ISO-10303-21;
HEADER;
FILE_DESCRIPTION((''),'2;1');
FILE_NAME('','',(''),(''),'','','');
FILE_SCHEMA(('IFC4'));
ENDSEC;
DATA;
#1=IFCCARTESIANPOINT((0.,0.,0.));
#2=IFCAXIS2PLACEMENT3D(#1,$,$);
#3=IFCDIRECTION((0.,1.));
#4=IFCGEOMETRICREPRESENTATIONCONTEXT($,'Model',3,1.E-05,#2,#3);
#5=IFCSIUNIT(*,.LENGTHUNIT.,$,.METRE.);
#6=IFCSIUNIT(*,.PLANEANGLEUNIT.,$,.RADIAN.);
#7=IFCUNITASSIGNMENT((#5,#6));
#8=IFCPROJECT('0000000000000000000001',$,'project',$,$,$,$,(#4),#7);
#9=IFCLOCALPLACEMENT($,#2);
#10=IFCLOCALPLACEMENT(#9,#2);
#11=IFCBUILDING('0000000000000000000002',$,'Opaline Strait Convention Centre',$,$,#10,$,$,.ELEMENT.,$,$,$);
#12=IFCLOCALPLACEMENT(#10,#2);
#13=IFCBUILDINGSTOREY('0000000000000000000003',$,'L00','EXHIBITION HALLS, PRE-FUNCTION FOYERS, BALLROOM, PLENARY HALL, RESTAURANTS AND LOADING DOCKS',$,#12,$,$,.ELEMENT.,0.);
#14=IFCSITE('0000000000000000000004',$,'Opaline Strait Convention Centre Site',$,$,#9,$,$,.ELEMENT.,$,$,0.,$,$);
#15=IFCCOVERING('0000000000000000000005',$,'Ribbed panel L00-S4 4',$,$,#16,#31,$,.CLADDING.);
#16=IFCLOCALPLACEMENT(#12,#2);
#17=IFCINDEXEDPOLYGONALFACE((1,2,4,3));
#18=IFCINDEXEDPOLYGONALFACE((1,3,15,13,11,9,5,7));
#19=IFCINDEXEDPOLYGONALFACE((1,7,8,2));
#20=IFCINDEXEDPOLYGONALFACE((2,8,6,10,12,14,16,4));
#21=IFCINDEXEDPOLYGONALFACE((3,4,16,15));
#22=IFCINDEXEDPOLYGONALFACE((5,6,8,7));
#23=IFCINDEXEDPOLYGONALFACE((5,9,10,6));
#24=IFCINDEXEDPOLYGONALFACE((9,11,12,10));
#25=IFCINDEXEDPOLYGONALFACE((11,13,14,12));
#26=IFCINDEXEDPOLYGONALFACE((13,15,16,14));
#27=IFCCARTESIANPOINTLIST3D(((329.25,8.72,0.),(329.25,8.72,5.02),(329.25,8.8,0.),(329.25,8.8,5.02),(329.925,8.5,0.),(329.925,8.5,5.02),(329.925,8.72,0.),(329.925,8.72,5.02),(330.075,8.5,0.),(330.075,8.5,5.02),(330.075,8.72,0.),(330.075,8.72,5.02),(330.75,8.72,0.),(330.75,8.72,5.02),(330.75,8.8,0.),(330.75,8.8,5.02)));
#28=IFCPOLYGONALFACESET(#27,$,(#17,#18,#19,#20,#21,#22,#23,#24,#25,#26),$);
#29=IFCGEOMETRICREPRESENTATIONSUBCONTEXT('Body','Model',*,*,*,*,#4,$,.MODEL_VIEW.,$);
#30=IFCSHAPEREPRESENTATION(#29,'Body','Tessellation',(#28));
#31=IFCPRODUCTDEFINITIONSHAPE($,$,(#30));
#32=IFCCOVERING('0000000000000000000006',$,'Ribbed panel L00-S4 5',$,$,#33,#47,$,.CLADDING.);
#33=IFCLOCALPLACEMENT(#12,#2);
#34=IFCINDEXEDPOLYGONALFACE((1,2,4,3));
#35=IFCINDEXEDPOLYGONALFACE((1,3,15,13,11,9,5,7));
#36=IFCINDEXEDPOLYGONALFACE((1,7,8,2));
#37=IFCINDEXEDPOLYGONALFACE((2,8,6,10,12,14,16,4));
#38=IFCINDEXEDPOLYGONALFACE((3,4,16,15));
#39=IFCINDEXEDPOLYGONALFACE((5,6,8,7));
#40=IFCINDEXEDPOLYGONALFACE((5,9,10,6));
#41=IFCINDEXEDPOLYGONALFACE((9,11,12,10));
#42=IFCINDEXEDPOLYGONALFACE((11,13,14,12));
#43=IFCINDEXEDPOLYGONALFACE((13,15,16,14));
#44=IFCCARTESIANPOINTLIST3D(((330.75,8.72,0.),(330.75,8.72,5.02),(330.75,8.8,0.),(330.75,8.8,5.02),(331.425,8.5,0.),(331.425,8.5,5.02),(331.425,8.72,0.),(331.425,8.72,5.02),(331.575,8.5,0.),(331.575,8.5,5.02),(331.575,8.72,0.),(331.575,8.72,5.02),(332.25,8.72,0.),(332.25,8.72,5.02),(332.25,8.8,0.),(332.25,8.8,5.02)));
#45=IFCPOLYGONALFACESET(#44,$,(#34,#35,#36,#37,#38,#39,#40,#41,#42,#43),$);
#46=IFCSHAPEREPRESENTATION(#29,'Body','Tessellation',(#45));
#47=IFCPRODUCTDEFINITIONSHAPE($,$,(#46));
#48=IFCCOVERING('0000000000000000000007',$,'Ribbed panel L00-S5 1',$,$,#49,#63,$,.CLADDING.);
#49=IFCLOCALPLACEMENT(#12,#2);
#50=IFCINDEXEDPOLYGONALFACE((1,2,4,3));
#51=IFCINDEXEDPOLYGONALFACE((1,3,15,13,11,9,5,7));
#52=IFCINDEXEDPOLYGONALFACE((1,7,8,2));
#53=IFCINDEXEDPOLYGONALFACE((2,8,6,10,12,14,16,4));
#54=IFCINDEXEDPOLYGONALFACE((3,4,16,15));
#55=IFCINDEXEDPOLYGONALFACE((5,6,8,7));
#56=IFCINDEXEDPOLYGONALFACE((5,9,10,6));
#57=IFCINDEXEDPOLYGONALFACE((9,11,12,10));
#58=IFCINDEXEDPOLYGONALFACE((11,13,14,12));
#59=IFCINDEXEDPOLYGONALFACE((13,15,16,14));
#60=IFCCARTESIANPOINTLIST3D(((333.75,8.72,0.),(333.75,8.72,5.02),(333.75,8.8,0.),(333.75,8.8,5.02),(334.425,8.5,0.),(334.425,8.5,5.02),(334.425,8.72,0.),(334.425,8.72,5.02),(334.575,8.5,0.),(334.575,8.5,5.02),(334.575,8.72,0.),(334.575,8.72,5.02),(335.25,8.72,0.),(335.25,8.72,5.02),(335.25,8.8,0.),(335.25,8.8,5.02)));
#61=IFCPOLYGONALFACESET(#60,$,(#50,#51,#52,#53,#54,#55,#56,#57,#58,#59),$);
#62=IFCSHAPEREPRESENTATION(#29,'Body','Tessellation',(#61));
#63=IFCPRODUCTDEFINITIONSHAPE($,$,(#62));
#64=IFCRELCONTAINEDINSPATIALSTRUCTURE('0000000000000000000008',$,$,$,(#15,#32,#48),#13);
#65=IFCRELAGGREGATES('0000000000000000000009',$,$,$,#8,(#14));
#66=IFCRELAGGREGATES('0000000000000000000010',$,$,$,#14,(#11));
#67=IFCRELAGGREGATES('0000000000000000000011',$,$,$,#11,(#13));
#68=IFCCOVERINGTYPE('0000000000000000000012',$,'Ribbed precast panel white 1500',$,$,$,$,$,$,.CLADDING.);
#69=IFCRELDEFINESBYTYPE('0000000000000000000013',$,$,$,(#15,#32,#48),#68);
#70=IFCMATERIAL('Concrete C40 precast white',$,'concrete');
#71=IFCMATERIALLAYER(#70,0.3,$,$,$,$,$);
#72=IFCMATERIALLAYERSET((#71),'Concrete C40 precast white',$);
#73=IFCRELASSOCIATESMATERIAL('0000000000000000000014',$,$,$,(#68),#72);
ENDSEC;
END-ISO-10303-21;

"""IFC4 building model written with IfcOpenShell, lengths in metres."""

from ifc_helpers import new_model, si_unit, direction, origin, place, context, subcontext, project, spatial, polyline, outline, extrude, material, layer, layer_set, type_object, element, save


model = new_model("IFC4")

# Units and contexts
model_context = context("Model", 3, precision=1e-05, world=origin(), true_north=direction((0.0, 1.0)))
body_context = subcontext(model_context, "Body", "Model", "MODEL_VIEW")
ifc_project = project(units=[si_unit("LENGTHUNIT", "METRE"), si_unit("PLANEANGLEUNIT", "RADIAN")], contexts=[model_context])

# Site, building, storey
site_placement = place(None, origin())
site = spatial("IfcSite", under=ifc_project, at=site_placement, Name="Opaline Strait Convention Centre Site", CompositionType="ELEMENT", RefElevation=0.0)
building_placement = place(site_placement, origin())
building = spatial("IfcBuilding", under=site, at=building_placement, Name="Opaline Strait Convention Centre", CompositionType="ELEMENT")
storey_placement = place(building_placement, origin())
storey = spatial("IfcBuildingStorey", under=building, at=storey_placement, Name="L00", Description="EXHIBITION HALLS, PRE-FUNCTION FOYERS, BALLROOM, PLENARY HALL, RESTAURANTS AND LOADING DOCKS", CompositionType="ELEMENT", Elevation=0.0)

# Coverings
ifc_material = material(Name="Concrete C40 precast white", Category="concrete")
ifc_layer = layer(ifc_material, 0.3)
ifc_layer_set = layer_set([ifc_layer], Name="Concrete C40 precast white")
covering_type = type_object("IfcCoveringType", Name="Ribbed precast panel white 1500", PredefinedType="CLADDING", material=ifc_layer_set)
covering_1_placement = place(storey_placement, origin())
element("IfcCovering", 1, at=covering_1_placement, inside=storey, type_object=covering_type, Name="Ribbed panel L00-S4 4", PredefinedType="CLADDING", context=body_context, shape_type="SweptSolid", body=[
    extrude(outline(polyline([(329.25, 8.8), (330.75, 8.8), (330.75, 8.72), (330.075, 8.72), (330.075, 8.5), (329.925, 8.5), (329.925, 8.72), (329.25, 8.72), (329.25, 8.8)])), origin(), (0.0, 0.0, 1.0), 5.02),
])
covering_2_placement = place(storey_placement, origin())
element("IfcCovering", 2, at=covering_2_placement, inside=storey, type_object=covering_type, Name="Ribbed panel L00-S4 5", PredefinedType="CLADDING", context=body_context, shape_type="SweptSolid", body=[
    extrude(outline(polyline([(330.75, 8.8), (332.25, 8.8), (332.25, 8.72), (331.575, 8.72), (331.575, 8.5), (331.425, 8.5), (331.425, 8.72), (330.75, 8.72), (330.75, 8.8)])), origin(), (0.0, 0.0, 1.0), 5.02),
])
covering_3_placement = place(storey_placement, origin())
element("IfcCovering", 3, at=covering_3_placement, inside=storey, type_object=covering_type, Name="Ribbed panel L00-S5 1", PredefinedType="CLADDING", context=body_context, shape_type="SweptSolid", body=[
    extrude(outline(polyline([(333.75, 8.8), (335.25, 8.8), (335.25, 8.72), (334.575, 8.72), (334.575, 8.5), (334.425, 8.5), (334.425, 8.72), (333.75, 8.72), (333.75, 8.8)])), origin(), (0.0, 0.0, 1.0), 5.02),
])

save(model, "model.ifc")
